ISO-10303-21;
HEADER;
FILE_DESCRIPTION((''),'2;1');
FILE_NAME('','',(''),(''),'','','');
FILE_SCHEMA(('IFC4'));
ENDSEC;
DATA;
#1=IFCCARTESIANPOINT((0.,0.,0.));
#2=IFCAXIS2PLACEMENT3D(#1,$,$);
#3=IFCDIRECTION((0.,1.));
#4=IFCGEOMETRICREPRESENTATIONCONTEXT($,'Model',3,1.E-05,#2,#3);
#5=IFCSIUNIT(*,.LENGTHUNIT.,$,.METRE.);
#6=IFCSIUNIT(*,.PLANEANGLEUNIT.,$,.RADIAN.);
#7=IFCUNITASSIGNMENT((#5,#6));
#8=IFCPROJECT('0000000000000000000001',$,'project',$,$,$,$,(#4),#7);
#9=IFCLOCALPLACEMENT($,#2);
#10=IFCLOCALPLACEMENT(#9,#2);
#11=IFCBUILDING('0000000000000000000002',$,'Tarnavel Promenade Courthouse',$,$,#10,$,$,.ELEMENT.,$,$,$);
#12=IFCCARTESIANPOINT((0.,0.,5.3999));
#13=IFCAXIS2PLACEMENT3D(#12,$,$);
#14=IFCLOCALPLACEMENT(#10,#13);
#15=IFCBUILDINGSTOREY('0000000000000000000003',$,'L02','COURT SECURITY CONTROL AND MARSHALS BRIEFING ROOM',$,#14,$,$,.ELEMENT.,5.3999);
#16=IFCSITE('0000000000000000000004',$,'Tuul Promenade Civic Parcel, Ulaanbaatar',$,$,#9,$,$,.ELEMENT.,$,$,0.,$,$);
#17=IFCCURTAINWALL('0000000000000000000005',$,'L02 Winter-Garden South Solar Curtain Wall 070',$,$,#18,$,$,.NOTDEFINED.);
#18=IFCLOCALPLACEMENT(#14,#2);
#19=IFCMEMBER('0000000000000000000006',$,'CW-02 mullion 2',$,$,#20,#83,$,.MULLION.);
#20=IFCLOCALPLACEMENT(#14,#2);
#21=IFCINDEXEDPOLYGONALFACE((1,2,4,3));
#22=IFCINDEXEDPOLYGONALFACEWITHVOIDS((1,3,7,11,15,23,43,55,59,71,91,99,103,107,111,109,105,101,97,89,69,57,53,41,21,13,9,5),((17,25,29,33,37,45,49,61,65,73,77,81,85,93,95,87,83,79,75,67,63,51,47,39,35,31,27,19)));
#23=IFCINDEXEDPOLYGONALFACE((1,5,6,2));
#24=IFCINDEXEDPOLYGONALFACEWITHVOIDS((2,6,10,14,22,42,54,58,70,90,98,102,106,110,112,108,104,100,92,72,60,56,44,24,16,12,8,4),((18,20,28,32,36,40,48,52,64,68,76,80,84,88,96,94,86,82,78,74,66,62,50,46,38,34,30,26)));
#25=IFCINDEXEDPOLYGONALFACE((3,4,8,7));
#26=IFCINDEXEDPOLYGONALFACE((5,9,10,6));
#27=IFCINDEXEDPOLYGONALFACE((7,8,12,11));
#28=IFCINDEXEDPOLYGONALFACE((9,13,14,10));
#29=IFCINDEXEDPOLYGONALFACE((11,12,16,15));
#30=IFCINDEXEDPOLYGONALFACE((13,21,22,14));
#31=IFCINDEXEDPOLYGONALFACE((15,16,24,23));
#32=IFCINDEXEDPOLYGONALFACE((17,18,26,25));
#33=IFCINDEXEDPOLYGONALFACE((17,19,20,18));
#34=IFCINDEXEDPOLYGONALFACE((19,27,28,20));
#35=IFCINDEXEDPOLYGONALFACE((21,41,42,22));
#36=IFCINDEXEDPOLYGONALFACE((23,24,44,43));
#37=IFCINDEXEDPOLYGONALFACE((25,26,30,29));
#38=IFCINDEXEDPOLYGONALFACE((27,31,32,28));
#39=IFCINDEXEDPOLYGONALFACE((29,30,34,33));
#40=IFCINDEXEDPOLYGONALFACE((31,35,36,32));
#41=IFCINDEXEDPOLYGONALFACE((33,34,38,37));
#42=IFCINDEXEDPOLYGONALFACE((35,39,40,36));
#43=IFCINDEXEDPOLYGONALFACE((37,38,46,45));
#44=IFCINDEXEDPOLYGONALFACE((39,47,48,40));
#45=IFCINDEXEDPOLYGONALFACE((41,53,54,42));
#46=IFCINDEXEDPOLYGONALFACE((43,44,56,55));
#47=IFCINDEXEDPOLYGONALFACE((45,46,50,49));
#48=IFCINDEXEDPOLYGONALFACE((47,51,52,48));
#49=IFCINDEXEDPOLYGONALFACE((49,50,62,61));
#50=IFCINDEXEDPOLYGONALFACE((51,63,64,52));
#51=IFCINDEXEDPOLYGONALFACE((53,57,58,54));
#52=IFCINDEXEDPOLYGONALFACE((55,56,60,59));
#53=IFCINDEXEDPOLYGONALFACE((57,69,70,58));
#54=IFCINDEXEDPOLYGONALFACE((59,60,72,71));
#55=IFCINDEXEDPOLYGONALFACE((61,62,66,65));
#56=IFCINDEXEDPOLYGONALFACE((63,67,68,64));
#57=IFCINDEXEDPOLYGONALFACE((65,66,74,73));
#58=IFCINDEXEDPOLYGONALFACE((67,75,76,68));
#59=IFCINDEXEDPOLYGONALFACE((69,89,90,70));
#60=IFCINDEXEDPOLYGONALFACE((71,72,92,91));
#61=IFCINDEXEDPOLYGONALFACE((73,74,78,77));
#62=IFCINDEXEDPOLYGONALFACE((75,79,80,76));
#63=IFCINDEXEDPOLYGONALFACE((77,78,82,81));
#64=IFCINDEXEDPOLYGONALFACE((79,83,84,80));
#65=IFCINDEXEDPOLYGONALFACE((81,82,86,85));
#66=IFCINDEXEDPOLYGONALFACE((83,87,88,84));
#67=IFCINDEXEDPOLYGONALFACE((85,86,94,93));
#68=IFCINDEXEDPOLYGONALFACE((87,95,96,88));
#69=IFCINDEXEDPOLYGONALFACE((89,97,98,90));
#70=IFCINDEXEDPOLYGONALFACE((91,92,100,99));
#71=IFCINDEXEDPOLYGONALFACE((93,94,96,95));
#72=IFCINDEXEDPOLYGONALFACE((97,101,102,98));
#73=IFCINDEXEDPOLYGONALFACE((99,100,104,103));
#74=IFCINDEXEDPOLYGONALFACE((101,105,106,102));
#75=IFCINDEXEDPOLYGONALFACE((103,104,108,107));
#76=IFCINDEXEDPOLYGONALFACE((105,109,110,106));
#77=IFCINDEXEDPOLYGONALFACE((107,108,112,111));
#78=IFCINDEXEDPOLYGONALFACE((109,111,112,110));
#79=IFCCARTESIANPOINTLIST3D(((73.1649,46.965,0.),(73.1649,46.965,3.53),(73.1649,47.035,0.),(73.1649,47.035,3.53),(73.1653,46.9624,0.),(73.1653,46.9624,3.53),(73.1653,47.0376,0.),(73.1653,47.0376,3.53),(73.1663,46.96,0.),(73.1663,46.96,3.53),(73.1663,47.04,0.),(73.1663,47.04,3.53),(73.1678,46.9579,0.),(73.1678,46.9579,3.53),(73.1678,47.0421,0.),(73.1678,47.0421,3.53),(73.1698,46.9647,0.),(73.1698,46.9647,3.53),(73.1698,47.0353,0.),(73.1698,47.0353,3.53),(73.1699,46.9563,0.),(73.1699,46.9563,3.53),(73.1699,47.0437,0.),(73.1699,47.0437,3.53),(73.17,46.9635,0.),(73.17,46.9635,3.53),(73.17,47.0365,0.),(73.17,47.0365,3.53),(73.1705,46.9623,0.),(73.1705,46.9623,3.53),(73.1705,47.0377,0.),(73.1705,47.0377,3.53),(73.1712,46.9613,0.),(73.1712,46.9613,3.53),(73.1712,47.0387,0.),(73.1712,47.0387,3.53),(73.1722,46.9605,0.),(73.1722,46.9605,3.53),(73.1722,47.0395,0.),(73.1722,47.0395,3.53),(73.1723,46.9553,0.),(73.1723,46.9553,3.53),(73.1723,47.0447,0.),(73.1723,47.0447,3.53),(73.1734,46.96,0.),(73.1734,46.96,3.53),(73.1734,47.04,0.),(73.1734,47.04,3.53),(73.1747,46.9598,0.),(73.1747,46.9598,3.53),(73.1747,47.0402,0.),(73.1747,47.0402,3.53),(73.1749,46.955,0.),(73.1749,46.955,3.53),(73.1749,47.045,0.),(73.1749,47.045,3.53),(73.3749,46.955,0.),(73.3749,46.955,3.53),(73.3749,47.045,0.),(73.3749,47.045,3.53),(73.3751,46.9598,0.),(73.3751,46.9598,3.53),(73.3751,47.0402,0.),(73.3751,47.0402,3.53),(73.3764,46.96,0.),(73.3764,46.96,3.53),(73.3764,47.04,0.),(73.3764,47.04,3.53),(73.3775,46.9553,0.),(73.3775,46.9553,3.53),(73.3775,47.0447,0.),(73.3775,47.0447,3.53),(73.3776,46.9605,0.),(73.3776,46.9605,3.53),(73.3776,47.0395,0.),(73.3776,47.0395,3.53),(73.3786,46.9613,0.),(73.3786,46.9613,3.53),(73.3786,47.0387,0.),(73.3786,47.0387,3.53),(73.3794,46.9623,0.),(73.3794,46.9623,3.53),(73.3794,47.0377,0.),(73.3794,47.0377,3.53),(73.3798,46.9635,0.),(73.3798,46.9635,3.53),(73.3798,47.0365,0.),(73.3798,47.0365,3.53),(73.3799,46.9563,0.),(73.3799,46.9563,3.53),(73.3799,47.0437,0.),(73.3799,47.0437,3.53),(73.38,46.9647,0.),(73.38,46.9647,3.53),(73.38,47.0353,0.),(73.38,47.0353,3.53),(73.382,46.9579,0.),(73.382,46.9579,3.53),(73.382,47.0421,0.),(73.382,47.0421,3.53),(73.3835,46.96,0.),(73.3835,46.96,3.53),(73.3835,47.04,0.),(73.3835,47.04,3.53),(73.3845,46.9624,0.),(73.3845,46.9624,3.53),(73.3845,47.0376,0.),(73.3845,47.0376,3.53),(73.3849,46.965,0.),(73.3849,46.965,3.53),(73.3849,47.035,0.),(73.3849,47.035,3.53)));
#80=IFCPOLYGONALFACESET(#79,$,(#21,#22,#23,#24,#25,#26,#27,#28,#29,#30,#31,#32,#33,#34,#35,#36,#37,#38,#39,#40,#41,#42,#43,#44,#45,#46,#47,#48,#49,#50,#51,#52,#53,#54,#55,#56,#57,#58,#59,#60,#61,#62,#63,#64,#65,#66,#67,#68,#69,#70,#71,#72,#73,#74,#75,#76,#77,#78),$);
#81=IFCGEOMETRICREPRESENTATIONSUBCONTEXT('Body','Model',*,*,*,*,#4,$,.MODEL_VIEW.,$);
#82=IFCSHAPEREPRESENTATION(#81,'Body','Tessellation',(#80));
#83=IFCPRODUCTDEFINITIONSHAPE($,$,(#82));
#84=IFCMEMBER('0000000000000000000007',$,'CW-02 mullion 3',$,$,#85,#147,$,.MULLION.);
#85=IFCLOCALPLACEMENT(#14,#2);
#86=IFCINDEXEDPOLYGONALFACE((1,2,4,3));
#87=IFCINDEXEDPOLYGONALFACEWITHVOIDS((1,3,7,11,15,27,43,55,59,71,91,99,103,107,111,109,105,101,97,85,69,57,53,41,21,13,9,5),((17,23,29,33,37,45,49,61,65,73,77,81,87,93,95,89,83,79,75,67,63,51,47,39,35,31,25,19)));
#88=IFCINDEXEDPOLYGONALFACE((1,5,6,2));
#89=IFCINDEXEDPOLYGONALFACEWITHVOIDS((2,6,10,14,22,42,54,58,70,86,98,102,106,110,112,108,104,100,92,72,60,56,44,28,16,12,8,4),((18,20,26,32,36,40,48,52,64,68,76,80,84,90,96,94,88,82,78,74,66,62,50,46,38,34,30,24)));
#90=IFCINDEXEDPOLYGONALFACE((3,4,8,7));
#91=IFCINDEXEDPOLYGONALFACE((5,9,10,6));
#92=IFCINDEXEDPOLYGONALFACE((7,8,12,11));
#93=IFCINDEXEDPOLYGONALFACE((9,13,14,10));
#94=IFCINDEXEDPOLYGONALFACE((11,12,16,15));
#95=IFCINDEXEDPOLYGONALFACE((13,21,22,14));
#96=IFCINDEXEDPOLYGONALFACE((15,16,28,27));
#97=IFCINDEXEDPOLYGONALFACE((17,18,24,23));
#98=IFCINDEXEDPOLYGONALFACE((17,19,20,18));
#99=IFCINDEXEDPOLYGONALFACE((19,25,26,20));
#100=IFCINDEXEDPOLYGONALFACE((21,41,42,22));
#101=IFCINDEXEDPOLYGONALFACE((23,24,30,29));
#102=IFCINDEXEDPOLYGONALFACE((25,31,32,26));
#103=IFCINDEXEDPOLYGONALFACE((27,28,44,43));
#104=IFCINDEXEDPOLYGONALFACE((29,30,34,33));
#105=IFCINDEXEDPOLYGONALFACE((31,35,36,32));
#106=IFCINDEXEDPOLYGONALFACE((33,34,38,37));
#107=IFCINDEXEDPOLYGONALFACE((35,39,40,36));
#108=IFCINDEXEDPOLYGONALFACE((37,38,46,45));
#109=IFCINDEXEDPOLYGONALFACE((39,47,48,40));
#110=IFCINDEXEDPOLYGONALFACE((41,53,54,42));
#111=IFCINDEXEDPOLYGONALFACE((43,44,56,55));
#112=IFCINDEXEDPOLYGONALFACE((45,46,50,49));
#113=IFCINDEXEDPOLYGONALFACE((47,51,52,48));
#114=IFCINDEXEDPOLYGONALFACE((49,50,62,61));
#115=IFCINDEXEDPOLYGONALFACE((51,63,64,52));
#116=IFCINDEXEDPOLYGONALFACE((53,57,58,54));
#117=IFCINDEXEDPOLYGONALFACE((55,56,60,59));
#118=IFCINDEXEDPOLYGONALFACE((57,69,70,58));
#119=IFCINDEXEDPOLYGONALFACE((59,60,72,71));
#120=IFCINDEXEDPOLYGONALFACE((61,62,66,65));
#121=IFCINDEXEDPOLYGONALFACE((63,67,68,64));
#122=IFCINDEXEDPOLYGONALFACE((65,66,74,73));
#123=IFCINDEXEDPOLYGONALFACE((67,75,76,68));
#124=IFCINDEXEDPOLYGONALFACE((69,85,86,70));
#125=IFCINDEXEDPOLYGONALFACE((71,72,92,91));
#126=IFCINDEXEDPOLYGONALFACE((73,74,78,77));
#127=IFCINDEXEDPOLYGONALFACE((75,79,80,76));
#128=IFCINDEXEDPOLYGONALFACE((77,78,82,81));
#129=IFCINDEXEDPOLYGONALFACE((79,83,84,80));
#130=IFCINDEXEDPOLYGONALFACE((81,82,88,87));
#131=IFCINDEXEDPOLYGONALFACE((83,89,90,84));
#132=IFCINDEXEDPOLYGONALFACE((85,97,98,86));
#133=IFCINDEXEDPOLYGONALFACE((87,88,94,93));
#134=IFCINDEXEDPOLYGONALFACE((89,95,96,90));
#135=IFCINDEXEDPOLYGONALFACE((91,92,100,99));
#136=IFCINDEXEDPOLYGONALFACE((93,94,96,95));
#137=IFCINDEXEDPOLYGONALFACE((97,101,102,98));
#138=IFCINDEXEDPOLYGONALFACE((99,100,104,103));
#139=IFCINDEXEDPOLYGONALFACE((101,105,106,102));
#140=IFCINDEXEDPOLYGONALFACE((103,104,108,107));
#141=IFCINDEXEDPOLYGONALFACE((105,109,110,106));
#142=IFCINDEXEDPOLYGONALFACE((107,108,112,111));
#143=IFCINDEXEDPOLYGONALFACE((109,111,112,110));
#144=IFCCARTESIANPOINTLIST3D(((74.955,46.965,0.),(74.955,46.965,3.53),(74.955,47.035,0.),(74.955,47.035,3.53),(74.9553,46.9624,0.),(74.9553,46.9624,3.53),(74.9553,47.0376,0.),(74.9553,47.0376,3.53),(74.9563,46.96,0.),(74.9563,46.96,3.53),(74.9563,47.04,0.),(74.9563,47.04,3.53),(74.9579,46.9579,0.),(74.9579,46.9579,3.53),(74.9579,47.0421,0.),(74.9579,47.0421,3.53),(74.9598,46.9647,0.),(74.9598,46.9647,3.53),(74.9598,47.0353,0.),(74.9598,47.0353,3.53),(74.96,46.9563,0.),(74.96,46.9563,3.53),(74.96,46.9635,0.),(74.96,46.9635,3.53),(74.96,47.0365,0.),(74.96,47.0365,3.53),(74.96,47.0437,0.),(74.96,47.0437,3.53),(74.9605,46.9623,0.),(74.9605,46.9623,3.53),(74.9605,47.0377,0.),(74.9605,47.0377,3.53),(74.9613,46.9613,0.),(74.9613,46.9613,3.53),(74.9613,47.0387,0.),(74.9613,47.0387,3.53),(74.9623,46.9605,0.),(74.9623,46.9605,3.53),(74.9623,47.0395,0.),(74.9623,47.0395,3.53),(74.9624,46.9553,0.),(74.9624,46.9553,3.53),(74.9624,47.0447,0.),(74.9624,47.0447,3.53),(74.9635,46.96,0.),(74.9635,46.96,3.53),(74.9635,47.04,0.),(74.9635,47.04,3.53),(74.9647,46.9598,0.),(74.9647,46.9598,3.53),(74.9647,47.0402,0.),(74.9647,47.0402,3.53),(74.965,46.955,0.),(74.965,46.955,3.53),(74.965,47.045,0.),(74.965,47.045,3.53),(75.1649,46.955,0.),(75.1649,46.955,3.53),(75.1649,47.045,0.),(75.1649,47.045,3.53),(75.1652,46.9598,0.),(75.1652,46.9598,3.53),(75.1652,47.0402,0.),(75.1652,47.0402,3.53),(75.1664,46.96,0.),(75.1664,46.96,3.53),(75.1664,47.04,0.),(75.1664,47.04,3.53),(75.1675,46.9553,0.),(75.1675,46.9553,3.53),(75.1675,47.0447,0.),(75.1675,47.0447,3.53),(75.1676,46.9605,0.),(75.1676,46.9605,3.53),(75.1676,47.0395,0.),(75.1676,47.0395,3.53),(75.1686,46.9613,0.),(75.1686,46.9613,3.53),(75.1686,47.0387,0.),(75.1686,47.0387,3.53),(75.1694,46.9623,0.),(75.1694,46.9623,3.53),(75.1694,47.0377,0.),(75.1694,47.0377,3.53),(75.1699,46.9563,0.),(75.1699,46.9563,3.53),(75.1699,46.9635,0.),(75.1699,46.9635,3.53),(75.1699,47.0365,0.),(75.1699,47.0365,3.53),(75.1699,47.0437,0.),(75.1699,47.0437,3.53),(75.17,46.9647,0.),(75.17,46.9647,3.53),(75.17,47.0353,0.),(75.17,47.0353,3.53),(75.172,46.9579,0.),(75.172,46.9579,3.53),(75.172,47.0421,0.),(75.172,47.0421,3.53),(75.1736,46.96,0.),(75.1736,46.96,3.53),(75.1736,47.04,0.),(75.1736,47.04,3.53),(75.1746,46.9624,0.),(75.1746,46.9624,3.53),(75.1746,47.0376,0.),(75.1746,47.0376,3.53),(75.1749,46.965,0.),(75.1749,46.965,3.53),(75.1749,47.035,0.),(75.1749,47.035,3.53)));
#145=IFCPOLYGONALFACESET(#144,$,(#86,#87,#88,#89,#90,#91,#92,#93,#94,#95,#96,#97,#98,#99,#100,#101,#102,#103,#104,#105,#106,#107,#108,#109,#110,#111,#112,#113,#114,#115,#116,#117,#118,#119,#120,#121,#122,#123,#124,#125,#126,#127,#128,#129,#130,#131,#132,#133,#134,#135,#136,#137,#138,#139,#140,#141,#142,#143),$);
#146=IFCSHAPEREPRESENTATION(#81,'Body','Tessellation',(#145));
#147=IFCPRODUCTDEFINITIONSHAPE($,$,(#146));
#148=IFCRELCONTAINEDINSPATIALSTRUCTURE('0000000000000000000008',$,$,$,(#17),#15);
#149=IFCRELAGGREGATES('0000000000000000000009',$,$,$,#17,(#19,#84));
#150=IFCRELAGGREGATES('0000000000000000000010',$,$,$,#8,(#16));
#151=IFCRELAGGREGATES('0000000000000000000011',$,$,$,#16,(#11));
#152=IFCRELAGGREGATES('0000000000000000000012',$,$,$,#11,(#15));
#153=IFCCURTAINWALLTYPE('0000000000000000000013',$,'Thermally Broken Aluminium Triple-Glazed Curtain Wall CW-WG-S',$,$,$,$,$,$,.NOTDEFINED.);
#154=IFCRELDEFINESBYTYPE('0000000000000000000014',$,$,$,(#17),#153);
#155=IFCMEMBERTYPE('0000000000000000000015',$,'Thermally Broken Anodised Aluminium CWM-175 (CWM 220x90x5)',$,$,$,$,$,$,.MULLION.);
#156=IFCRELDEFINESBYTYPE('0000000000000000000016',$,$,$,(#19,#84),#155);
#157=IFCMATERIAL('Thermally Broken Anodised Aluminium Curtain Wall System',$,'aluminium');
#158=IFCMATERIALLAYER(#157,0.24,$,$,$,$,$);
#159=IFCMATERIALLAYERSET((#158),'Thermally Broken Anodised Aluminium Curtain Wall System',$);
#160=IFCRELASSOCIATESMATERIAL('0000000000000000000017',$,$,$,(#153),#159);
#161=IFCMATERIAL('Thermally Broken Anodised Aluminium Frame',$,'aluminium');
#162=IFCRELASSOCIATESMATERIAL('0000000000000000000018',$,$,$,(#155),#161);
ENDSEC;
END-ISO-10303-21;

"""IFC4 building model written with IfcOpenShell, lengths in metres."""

from ifc_helpers import new_model, si_unit, direction, frame, origin, origin_2d, place, context, subcontext, project, spatial, hollow_rectangle, extrude, material, layer, layer_set, material_profile, profile_set, type_object, element, aggregate, save


model = new_model("IFC4")

# Units and contexts
model_context = context("Model", 3, precision=1e-05, world=origin(), true_north=direction((0.0, 1.0)))
body_context = subcontext(model_context, "Body", "Model", "MODEL_VIEW")
ifc_project = project(units=[si_unit("LENGTHUNIT", "METRE"), si_unit("PLANEANGLEUNIT", "RADIAN")], contexts=[model_context])

# Site, building, storey
site_placement = place(None, origin())
site = spatial("IfcSite", under=ifc_project, at=site_placement, Name="Tuul Promenade Civic Parcel, Ulaanbaatar", CompositionType="ELEMENT", RefElevation=0.0)
building_placement = place(site_placement, origin())
building = spatial("IfcBuilding", under=site, at=building_placement, Name="Tarnavel Promenade Courthouse", CompositionType="ELEMENT")
storey_placement = place(building_placement, frame((0.0, 0.0, 5.3999)))
storey = spatial("IfcBuildingStorey", under=building, at=storey_placement, Name="L02", Description="COURT SECURITY CONTROL AND MARSHALS BRIEFING ROOM", CompositionType="ELEMENT", Elevation=5.3999)

# Curtain wall, members
ifc_material_1 = material(Name="Thermally Broken Anodised Aluminium Curtain Wall System", Category="aluminium")
ifc_layer_1 = layer(ifc_material_1, 0.24)
ifc_layer_set_1 = layer_set([ifc_layer_1], Name="Thermally Broken Anodised Aluminium Curtain Wall System")
curtain_wall_type = type_object("IfcCurtainWallType", Name="Thermally Broken Aluminium Triple-Glazed Curtain Wall CW-WG-S", PredefinedType="NOTDEFINED", material=ifc_layer_set_1)
ifc_material_2 = material(Name="Thermally Broken Anodised Aluminium Frame", Category="aluminium")
ifc_material_profile_1 = material_profile(ifc_material_2, hollow_rectangle(XDim=0.0901, YDim=0.22, WallThickness=0.0049, InnerFilletRadius=0.0049, OuterFilletRadius=0.01, at=origin_2d()), Name="CWM 220x90x5")
ifc_profile_set_1 = profile_set([ifc_material_profile_1], Name="Thermally Broken Anodised Aluminium Frame")
member_type_1 = type_object("IfcMemberType", Name="Thermally Broken Anodised Aluminium CWM-175 (CWM 220x90x5)", PredefinedType="MULLION", material=ifc_profile_set_1)
curtain_wall_1_placement = place(storey_placement, origin())
curtain_wall_1 = element("IfcCurtainWall", 1, at=curtain_wall_1_placement, inside=storey, type_object=curtain_wall_type, Name="L02 Winter-Garden South Solar Curtain Wall 070", PredefinedType="NOTDEFINED")
member_1_placement = place(storey_placement, frame((73.2749, 47.0, 0.0), z_axis=(0.0, 0.0, 1.0), x_axis=(0.0, 1.0, 0.0)))
member_1 = element("IfcMember", 2, at=member_1_placement, type_object=member_type_1, Name="CW-02 mullion 2", PredefinedType="MULLION", context=body_context, shape_type="SweptSolid", body=[
    extrude(hollow_rectangle(XDim=0.0901, YDim=0.22, WallThickness=0.0049, InnerFilletRadius=0.0049, OuterFilletRadius=0.01, at=origin_2d()), origin(), (0.0, 0.0, 1.0), 3.53),
])
member_2_placement = place(storey_placement, frame((75.0649, 47.0, 0.0), z_axis=(0.0, 0.0, 1.0), x_axis=(0.0, 1.0, 0.0)))
member_2 = element("IfcMember", 3, at=member_2_placement, type_object=member_type_1, Name="CW-02 mullion 3", PredefinedType="MULLION", context=body_context, shape_type="SweptSolid", body=[
    extrude(hollow_rectangle(XDim=0.0901, YDim=0.22, WallThickness=0.0049, InnerFilletRadius=0.0049, OuterFilletRadius=0.01, at=origin_2d()), origin(), (0.0, 0.0, 1.0), 3.53),
])

aggregate(curtain_wall_1, [member_1, member_2])

save(model, "model.ifc")
